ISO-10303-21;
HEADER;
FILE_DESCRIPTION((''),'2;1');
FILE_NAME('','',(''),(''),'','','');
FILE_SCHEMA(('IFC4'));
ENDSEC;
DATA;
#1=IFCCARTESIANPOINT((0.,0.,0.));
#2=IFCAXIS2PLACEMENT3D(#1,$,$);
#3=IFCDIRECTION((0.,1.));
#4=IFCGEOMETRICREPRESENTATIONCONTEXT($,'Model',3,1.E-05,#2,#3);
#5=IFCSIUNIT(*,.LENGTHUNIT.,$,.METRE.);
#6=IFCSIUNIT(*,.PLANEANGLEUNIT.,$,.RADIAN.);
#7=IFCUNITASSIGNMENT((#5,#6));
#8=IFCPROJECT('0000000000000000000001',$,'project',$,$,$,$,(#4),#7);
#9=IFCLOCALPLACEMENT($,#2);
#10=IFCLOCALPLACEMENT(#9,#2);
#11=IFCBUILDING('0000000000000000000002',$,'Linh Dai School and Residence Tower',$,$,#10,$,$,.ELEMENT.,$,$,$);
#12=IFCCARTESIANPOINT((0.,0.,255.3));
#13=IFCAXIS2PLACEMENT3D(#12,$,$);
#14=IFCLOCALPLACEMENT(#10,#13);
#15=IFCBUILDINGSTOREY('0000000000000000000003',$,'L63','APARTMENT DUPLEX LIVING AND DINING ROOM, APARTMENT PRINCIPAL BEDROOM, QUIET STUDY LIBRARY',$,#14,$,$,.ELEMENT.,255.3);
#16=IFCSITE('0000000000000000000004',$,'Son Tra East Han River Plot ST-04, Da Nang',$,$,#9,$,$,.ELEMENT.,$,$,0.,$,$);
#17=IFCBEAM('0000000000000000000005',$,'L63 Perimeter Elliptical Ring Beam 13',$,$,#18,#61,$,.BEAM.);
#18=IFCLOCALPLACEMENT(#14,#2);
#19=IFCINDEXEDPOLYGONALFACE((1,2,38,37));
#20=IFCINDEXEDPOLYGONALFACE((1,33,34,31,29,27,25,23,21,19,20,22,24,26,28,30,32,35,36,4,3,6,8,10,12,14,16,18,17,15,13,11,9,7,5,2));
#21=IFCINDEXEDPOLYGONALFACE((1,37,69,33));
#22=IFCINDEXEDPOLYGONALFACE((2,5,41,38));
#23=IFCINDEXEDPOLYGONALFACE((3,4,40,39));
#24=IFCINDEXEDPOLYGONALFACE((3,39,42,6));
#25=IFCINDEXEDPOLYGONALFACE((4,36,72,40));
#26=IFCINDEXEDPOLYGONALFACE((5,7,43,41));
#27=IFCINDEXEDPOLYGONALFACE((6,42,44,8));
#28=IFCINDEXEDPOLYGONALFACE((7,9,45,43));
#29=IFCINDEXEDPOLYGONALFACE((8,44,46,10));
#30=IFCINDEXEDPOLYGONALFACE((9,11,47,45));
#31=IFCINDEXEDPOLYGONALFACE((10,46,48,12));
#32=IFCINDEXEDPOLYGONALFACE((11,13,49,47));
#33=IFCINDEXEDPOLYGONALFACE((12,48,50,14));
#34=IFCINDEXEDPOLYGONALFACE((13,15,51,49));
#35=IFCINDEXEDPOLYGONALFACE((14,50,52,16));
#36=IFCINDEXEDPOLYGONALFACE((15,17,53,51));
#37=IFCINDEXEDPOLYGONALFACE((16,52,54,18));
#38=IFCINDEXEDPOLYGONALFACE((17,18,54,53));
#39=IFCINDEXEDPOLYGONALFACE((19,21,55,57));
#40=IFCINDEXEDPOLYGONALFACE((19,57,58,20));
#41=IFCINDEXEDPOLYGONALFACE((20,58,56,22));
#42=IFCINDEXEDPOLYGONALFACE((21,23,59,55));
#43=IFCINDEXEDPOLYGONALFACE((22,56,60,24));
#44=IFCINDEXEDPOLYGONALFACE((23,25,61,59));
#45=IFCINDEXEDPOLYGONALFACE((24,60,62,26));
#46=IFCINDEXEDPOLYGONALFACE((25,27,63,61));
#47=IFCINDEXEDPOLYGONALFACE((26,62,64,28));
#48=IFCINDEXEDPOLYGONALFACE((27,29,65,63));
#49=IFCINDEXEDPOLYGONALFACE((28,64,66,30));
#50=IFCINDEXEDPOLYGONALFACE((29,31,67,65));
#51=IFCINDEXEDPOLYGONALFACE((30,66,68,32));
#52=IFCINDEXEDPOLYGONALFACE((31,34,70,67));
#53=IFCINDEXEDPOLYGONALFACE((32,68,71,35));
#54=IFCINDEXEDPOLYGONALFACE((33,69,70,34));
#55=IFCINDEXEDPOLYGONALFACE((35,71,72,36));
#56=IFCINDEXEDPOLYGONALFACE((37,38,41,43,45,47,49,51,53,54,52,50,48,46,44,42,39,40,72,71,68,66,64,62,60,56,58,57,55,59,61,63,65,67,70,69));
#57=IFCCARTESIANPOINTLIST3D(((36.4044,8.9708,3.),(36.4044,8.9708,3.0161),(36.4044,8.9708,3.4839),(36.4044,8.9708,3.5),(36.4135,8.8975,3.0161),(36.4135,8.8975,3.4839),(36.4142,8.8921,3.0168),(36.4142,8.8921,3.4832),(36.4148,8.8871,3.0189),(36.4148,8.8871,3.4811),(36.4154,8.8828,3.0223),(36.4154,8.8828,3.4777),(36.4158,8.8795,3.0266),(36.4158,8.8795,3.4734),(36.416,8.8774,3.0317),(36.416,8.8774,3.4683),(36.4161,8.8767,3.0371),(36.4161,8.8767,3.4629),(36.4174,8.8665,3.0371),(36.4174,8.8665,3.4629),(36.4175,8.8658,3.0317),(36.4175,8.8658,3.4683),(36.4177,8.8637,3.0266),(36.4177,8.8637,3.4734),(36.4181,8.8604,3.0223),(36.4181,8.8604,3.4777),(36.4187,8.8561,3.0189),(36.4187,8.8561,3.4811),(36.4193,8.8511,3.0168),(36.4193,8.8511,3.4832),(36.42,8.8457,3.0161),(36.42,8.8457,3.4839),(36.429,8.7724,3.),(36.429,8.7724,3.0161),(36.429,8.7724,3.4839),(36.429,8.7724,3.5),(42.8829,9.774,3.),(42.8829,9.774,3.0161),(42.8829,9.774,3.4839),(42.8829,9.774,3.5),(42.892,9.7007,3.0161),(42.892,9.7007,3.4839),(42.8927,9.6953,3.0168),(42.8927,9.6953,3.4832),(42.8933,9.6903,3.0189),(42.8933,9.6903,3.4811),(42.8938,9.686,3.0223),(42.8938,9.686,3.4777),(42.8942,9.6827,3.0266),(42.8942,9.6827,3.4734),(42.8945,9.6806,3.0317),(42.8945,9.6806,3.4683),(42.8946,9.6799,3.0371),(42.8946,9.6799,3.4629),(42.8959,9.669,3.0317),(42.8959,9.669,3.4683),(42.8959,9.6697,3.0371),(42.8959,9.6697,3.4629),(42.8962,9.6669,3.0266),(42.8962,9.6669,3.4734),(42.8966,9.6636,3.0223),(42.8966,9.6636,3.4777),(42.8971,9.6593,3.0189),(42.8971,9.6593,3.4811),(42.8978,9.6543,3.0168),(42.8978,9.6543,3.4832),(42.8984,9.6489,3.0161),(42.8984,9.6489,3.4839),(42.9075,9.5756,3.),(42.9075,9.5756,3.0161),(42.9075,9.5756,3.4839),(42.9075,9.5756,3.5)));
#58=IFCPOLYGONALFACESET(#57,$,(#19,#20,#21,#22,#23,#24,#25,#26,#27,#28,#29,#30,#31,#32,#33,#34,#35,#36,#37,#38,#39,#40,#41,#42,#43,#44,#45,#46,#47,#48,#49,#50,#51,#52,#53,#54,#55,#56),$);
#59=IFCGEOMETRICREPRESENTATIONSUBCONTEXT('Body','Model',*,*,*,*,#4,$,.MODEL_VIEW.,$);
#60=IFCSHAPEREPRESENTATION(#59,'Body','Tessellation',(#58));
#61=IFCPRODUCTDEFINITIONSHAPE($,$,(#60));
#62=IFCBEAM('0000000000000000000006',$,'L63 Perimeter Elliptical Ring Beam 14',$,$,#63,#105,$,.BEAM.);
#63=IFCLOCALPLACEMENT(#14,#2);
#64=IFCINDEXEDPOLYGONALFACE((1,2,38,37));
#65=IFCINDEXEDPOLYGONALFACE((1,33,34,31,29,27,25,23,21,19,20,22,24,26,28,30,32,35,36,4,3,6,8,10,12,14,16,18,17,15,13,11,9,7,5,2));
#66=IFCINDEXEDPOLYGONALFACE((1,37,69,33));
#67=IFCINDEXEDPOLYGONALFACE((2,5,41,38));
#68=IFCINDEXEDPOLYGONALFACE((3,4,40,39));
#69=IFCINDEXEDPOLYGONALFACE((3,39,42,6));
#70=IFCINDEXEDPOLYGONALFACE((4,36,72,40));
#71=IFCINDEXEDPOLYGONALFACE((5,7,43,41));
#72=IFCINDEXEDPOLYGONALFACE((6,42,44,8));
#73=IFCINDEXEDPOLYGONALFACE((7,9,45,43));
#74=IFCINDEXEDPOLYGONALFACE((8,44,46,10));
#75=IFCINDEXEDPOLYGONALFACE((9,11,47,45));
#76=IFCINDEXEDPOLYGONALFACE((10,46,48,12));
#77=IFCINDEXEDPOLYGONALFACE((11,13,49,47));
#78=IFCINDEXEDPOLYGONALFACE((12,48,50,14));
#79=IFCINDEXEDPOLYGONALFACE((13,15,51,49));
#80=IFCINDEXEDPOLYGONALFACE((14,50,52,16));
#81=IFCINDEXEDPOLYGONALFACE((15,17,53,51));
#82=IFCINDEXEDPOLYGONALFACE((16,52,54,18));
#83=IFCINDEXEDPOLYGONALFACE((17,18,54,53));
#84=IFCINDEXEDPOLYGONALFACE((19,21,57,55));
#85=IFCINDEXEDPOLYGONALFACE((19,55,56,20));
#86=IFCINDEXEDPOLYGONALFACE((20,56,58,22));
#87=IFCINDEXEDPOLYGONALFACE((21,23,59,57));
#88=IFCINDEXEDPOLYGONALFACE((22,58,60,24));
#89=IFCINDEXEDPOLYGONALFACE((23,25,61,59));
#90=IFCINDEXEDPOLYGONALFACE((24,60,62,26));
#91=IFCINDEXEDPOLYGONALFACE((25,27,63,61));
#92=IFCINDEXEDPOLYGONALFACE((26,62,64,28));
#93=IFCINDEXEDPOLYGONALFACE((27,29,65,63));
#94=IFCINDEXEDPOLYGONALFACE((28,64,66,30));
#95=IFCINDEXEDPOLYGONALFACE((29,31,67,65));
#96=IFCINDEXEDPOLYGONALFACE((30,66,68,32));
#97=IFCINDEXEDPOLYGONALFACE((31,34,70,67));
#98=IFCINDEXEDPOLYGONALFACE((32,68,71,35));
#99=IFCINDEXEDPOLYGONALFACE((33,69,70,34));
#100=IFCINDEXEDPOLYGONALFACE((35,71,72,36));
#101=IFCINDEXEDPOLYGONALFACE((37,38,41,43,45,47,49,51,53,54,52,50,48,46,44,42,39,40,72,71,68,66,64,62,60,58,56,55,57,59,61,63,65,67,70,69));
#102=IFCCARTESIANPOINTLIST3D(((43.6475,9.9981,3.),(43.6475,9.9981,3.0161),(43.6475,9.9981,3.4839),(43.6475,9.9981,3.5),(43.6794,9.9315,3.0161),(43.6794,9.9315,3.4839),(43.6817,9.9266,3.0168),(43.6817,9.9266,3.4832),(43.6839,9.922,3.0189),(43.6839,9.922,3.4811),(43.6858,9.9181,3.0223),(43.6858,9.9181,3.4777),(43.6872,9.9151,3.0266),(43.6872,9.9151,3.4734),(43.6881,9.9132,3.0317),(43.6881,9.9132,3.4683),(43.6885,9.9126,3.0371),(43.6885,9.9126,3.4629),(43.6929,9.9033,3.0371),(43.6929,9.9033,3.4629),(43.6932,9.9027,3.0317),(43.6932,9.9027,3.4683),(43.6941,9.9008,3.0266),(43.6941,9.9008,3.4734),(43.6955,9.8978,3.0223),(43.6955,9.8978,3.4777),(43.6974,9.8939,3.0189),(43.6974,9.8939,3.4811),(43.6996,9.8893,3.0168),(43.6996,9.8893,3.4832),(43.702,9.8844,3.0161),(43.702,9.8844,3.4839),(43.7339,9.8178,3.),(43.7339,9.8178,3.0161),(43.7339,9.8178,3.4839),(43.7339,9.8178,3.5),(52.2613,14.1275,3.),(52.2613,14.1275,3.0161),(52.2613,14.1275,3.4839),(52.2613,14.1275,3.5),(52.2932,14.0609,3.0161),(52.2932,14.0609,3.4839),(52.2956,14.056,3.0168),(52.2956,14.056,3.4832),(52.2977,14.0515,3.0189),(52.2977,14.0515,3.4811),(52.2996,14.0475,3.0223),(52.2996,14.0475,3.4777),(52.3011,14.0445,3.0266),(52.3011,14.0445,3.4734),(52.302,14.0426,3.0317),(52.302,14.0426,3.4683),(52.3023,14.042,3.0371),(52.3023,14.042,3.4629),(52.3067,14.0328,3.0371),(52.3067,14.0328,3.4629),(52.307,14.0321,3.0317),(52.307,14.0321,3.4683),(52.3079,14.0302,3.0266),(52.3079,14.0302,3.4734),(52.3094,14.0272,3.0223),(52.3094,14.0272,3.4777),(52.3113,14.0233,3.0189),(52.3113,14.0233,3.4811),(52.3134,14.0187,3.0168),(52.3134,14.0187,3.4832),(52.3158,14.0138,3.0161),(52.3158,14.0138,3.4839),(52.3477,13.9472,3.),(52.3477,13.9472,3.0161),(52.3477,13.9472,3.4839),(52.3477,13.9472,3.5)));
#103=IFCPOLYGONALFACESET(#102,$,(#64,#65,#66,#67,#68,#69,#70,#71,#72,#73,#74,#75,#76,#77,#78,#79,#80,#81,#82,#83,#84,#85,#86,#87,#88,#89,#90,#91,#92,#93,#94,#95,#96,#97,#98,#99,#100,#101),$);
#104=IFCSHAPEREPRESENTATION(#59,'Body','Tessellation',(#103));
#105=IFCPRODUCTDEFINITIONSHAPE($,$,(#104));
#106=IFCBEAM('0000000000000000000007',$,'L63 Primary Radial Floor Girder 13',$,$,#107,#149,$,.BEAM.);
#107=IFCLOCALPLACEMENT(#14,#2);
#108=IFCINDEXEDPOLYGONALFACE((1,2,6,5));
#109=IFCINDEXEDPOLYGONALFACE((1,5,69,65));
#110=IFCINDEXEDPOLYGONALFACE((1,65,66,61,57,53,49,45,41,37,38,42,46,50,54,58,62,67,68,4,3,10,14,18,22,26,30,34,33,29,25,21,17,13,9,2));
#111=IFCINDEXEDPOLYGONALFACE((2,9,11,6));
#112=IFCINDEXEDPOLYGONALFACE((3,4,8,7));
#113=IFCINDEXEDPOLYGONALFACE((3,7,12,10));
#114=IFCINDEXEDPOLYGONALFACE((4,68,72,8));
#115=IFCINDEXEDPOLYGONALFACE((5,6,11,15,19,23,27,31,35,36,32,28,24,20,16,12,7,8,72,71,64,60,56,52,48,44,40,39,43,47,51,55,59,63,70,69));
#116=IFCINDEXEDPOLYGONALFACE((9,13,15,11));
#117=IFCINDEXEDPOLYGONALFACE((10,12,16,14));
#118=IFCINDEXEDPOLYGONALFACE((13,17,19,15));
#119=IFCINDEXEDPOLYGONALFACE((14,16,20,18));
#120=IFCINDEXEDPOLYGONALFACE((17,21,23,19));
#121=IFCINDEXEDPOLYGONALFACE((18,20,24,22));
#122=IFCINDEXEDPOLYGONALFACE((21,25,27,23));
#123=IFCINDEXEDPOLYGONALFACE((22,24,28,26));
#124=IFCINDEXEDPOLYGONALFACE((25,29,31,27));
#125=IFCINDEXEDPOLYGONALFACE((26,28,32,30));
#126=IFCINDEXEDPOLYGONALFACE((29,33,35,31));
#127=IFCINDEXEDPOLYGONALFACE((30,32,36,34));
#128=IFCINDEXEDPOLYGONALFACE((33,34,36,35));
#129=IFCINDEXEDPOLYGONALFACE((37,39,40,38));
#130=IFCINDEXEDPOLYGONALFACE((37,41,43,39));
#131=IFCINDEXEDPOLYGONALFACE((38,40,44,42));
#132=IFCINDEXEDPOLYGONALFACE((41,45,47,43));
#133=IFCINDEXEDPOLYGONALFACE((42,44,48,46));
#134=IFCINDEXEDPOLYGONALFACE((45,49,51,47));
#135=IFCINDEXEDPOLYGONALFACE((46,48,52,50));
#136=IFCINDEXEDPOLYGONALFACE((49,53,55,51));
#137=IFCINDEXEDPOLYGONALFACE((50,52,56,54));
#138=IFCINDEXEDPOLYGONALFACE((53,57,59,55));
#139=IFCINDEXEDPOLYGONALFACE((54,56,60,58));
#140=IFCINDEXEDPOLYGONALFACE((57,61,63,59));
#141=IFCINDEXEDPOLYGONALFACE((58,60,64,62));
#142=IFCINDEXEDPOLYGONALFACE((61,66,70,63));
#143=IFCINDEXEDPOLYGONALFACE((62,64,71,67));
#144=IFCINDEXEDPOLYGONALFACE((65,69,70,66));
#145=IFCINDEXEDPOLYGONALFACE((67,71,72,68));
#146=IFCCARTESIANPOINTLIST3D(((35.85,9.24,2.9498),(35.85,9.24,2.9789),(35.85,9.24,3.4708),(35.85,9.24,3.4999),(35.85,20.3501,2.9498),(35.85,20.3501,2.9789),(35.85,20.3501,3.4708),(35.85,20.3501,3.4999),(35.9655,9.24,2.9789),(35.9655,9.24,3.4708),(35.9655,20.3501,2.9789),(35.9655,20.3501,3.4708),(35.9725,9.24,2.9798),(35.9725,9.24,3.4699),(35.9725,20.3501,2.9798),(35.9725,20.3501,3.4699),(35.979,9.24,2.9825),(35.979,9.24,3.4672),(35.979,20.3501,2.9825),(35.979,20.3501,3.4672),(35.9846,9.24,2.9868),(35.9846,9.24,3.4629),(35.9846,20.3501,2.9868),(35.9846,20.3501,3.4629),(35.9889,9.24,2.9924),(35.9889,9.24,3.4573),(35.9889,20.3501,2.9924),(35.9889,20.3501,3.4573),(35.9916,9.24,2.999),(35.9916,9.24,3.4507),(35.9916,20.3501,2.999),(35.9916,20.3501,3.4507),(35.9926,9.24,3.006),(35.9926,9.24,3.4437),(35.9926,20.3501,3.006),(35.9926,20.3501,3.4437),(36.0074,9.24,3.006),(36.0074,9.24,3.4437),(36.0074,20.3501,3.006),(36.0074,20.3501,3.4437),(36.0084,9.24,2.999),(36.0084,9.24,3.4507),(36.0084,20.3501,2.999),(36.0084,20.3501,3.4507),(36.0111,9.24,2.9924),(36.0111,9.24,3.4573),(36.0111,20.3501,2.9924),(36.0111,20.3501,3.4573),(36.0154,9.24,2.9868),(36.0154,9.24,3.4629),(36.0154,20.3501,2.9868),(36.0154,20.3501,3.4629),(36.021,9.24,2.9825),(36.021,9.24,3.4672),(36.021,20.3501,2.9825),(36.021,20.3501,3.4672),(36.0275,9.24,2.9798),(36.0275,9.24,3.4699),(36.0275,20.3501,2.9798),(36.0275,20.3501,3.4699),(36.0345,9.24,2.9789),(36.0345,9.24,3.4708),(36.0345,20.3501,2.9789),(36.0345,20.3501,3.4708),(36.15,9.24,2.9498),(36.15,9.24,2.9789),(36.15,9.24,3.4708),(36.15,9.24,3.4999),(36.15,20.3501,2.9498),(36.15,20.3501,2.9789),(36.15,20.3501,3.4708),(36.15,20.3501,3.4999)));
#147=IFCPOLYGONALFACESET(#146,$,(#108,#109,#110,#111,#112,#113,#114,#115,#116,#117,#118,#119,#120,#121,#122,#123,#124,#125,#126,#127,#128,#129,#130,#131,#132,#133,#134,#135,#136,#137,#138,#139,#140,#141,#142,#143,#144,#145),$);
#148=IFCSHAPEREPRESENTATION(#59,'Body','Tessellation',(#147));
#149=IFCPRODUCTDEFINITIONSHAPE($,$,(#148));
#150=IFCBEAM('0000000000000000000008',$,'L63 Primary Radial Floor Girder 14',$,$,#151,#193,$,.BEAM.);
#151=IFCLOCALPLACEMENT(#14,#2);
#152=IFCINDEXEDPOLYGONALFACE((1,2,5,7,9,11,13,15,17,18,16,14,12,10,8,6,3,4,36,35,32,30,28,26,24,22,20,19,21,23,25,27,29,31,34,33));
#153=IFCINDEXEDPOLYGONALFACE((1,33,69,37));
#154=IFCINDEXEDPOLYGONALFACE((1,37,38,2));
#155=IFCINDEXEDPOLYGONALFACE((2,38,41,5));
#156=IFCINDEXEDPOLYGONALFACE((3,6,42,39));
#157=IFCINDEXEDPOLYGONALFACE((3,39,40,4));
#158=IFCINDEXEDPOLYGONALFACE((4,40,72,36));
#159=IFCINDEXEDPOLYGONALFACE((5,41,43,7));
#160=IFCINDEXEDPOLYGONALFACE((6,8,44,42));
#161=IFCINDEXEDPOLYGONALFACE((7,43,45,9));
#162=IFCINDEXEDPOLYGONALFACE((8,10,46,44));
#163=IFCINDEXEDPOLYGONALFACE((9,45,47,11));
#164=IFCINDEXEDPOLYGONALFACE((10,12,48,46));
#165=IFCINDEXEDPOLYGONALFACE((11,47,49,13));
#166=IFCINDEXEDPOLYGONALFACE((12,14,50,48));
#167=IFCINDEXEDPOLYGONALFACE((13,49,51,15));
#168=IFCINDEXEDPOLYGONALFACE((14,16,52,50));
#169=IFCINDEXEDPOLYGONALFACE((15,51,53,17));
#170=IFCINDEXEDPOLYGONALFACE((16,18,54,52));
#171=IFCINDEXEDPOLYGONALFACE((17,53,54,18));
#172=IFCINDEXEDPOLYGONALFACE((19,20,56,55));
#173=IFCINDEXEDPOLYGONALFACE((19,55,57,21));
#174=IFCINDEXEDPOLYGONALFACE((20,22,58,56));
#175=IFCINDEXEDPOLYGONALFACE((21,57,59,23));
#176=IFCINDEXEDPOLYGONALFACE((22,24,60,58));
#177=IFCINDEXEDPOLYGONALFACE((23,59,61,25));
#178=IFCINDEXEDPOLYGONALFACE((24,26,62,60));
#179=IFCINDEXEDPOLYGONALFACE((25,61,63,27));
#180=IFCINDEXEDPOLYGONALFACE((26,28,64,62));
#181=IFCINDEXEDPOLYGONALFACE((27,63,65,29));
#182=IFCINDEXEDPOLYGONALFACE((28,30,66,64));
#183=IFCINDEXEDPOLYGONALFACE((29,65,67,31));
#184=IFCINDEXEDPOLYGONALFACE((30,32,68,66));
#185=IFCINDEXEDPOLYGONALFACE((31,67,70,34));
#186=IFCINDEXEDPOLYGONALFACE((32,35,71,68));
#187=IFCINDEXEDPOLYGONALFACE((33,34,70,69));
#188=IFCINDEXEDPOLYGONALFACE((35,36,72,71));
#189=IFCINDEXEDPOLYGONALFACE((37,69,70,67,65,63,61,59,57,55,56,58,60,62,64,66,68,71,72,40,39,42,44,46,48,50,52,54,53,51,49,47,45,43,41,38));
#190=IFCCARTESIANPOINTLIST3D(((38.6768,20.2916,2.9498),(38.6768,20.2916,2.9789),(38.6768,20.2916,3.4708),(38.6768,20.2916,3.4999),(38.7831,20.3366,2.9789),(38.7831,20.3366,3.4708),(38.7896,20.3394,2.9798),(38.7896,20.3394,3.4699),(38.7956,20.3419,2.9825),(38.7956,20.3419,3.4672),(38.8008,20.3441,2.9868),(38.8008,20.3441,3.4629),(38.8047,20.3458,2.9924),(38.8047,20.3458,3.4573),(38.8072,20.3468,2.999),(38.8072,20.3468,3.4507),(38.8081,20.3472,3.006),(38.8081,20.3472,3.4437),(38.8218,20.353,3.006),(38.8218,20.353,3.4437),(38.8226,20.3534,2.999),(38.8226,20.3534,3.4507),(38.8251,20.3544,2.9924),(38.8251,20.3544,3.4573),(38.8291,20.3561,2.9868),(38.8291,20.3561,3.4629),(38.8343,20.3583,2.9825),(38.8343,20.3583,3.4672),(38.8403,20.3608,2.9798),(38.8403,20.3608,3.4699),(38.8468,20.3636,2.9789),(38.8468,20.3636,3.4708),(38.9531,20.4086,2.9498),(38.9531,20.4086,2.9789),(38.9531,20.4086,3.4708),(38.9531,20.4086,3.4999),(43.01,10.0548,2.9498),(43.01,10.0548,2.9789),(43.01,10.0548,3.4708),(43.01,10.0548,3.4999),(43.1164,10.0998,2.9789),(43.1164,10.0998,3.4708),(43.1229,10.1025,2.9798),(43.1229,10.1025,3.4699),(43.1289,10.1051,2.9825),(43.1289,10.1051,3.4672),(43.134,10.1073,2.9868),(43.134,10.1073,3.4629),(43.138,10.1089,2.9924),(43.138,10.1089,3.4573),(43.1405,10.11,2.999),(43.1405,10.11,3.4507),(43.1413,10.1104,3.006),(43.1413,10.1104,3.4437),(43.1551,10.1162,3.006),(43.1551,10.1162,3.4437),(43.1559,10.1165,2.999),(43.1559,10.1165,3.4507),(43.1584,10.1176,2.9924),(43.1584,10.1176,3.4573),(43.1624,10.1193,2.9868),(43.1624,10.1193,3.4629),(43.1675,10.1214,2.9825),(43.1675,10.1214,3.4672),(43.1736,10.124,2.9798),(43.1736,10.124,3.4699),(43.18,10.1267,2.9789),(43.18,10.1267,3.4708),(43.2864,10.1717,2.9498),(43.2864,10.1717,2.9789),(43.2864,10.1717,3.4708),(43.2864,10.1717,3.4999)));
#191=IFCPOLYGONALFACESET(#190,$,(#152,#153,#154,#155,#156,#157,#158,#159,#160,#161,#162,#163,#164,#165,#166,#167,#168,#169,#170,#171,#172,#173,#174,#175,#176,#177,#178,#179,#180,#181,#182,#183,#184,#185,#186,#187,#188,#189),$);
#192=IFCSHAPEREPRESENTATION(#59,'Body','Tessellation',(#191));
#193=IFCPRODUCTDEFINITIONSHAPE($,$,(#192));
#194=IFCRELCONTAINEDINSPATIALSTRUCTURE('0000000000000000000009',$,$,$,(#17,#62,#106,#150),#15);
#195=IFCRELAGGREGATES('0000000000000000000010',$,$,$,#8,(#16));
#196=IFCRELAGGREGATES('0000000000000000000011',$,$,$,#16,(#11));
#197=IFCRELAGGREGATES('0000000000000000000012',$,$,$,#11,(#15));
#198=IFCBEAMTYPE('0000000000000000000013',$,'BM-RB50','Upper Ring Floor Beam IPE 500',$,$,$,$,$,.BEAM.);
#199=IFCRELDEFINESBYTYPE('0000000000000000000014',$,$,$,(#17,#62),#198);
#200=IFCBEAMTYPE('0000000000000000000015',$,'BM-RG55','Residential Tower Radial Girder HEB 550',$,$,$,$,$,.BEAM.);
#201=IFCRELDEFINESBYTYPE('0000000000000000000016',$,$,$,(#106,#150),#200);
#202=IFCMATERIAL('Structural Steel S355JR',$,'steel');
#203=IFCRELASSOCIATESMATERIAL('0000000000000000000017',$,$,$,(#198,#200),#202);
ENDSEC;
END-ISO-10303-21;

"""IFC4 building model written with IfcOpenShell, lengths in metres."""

from ifc_helpers import new_model, si_unit, direction, frame, origin, origin_2d, place, context, subcontext, project, spatial, i_section, extrude, material, material_profile, profile_set, type_object, element, save


model = new_model("IFC4")

# Units and contexts
model_context = context("Model", 3, precision=1e-05, world=origin(), true_north=direction((0.0, 1.0)))
body_context = subcontext(model_context, "Body", "Model", "MODEL_VIEW")
ifc_project = project(units=[si_unit("LENGTHUNIT", "METRE"), si_unit("PLANEANGLEUNIT", "RADIAN")], contexts=[model_context])

# Site, building, storey
site_placement = place(None, origin())
site = spatial("IfcSite", under=ifc_project, at=site_placement, Name="Son Tra East Han River Plot ST-04, Da Nang", CompositionType="ELEMENT", RefElevation=0.0)
building_placement = place(site_placement, origin())
building = spatial("IfcBuilding", under=site, at=building_placement, Name="Linh Dai School and Residence Tower", CompositionType="ELEMENT")
storey_placement = place(building_placement, frame((0.0, 0.0, 255.3)))
storey = spatial("IfcBuildingStorey", under=building, at=storey_placement, Name="L63", Description="APARTMENT DUPLEX LIVING AND DINING ROOM, APARTMENT PRINCIPAL BEDROOM, QUIET STUDY LIBRARY", CompositionType="ELEMENT", Elevation=255.3)

# Shared definitions
ifc_material_1 = material(Name="Structural Steel S355JR", Category="steel")

# Beams
ifc_material_profile_1 = material_profile(ifc_material_1, i_section(OverallWidth=0.2, OverallDepth=0.5, WebThickness=0.0103, FlangeThickness=0.0161, FilletRadius=0.021, at=origin_2d()), Name="IPE 500")
ifc_profile_set_1 = profile_set([ifc_material_profile_1], Name="Structural Steel S355JR")
beam_type_1 = type_object("IfcBeamType", Name="BM-RB50", Description="Upper Ring Floor Beam IPE 500", PredefinedType="BEAM", material=ifc_profile_set_1)
beam_1_placement = place(storey_placement, frame((36.4167, 8.8716, 3.25), z_axis=(0.992402, 0.12304, 0.0), x_axis=(-0.12304, 0.992402, 0.0)))
element("IfcBeam", 1, at=beam_1_placement, inside=storey, type_object=beam_type_1, Name="L63 Perimeter Elliptical Ring Beam 13", PredefinedType="BEAM", context=body_context, shape_type="SweptSolid", body=[
    extrude(i_section(OverallWidth=0.2, OverallDepth=0.5, WebThickness=0.0103, FlangeThickness=0.0161, FilletRadius=0.021, at=origin_2d()), origin(), (0.0, 0.0, 1.0), 6.5281),
])
beam_2_placement = place(storey_placement, frame((43.6907, 9.908, 3.25), z_axis=(0.901736, 0.432287, 0.0), x_axis=(-0.432287, 0.901736, 0.0)))
element("IfcBeam", 2, at=beam_2_placement, inside=storey, type_object=beam_type_1, Name="L63 Perimeter Elliptical Ring Beam 14", PredefinedType="BEAM", context=body_context, shape_type="SweptSolid", body=[
    extrude(i_section(OverallWidth=0.2, OverallDepth=0.5, WebThickness=0.0103, FlangeThickness=0.0161, FilletRadius=0.021, at=origin_2d()), origin(), (0.0, 0.0, 1.0), 9.5525),
])
ifc_material_profile_2 = material_profile(ifc_material_1, i_section(OverallWidth=0.3, OverallDepth=0.55, WebThickness=0.0149, FlangeThickness=0.0291, FilletRadius=0.0271, at=origin_2d()), Name="HEB 550")
ifc_profile_set_2 = profile_set([ifc_material_profile_2], Name="Structural Steel S355JR")
beam_type_2 = type_object("IfcBeamType", Name="BM-RG55", Description="Residential Tower Radial Girder HEB 550", PredefinedType="BEAM", material=ifc_profile_set_2)
beam_3_placement = place(storey_placement, frame((36.0, 20.3501, 3.2249), z_axis=(0.0, -1.0, 0.0), x_axis=(1.0, 0.0, 0.0)))
element("IfcBeam", 3, at=beam_3_placement, inside=storey, type_object=beam_type_2, Name="L63 Primary Radial Floor Girder 13", PredefinedType="BEAM", context=body_context, shape_type="SweptSolid", body=[
    extrude(i_section(OverallWidth=0.3, OverallDepth=0.55, WebThickness=0.0149, FlangeThickness=0.0291, FilletRadius=0.0271, at=origin_2d()), origin(), (0.0, 0.0, 1.0), 11.1101),
])
beam_4_placement = place(storey_placement, frame((38.8149, 20.3501, 3.2249), z_axis=(0.389815, -0.920893, 0.0), x_axis=(0.920893, 0.389815, 0.0)))
element("IfcBeam", 4, at=beam_4_placement, inside=storey, type_object=beam_type_2, Name="L63 Primary Radial Floor Girder 14", PredefinedType="BEAM", context=body_context, shape_type="SweptSolid", body=[
    extrude(i_section(OverallWidth=0.3, OverallDepth=0.55, WebThickness=0.0149, FlangeThickness=0.0291, FilletRadius=0.0271, at=origin_2d()), origin(), (0.0, 0.0, 1.0), 11.1162),
])

save(model, "model.ifc")
